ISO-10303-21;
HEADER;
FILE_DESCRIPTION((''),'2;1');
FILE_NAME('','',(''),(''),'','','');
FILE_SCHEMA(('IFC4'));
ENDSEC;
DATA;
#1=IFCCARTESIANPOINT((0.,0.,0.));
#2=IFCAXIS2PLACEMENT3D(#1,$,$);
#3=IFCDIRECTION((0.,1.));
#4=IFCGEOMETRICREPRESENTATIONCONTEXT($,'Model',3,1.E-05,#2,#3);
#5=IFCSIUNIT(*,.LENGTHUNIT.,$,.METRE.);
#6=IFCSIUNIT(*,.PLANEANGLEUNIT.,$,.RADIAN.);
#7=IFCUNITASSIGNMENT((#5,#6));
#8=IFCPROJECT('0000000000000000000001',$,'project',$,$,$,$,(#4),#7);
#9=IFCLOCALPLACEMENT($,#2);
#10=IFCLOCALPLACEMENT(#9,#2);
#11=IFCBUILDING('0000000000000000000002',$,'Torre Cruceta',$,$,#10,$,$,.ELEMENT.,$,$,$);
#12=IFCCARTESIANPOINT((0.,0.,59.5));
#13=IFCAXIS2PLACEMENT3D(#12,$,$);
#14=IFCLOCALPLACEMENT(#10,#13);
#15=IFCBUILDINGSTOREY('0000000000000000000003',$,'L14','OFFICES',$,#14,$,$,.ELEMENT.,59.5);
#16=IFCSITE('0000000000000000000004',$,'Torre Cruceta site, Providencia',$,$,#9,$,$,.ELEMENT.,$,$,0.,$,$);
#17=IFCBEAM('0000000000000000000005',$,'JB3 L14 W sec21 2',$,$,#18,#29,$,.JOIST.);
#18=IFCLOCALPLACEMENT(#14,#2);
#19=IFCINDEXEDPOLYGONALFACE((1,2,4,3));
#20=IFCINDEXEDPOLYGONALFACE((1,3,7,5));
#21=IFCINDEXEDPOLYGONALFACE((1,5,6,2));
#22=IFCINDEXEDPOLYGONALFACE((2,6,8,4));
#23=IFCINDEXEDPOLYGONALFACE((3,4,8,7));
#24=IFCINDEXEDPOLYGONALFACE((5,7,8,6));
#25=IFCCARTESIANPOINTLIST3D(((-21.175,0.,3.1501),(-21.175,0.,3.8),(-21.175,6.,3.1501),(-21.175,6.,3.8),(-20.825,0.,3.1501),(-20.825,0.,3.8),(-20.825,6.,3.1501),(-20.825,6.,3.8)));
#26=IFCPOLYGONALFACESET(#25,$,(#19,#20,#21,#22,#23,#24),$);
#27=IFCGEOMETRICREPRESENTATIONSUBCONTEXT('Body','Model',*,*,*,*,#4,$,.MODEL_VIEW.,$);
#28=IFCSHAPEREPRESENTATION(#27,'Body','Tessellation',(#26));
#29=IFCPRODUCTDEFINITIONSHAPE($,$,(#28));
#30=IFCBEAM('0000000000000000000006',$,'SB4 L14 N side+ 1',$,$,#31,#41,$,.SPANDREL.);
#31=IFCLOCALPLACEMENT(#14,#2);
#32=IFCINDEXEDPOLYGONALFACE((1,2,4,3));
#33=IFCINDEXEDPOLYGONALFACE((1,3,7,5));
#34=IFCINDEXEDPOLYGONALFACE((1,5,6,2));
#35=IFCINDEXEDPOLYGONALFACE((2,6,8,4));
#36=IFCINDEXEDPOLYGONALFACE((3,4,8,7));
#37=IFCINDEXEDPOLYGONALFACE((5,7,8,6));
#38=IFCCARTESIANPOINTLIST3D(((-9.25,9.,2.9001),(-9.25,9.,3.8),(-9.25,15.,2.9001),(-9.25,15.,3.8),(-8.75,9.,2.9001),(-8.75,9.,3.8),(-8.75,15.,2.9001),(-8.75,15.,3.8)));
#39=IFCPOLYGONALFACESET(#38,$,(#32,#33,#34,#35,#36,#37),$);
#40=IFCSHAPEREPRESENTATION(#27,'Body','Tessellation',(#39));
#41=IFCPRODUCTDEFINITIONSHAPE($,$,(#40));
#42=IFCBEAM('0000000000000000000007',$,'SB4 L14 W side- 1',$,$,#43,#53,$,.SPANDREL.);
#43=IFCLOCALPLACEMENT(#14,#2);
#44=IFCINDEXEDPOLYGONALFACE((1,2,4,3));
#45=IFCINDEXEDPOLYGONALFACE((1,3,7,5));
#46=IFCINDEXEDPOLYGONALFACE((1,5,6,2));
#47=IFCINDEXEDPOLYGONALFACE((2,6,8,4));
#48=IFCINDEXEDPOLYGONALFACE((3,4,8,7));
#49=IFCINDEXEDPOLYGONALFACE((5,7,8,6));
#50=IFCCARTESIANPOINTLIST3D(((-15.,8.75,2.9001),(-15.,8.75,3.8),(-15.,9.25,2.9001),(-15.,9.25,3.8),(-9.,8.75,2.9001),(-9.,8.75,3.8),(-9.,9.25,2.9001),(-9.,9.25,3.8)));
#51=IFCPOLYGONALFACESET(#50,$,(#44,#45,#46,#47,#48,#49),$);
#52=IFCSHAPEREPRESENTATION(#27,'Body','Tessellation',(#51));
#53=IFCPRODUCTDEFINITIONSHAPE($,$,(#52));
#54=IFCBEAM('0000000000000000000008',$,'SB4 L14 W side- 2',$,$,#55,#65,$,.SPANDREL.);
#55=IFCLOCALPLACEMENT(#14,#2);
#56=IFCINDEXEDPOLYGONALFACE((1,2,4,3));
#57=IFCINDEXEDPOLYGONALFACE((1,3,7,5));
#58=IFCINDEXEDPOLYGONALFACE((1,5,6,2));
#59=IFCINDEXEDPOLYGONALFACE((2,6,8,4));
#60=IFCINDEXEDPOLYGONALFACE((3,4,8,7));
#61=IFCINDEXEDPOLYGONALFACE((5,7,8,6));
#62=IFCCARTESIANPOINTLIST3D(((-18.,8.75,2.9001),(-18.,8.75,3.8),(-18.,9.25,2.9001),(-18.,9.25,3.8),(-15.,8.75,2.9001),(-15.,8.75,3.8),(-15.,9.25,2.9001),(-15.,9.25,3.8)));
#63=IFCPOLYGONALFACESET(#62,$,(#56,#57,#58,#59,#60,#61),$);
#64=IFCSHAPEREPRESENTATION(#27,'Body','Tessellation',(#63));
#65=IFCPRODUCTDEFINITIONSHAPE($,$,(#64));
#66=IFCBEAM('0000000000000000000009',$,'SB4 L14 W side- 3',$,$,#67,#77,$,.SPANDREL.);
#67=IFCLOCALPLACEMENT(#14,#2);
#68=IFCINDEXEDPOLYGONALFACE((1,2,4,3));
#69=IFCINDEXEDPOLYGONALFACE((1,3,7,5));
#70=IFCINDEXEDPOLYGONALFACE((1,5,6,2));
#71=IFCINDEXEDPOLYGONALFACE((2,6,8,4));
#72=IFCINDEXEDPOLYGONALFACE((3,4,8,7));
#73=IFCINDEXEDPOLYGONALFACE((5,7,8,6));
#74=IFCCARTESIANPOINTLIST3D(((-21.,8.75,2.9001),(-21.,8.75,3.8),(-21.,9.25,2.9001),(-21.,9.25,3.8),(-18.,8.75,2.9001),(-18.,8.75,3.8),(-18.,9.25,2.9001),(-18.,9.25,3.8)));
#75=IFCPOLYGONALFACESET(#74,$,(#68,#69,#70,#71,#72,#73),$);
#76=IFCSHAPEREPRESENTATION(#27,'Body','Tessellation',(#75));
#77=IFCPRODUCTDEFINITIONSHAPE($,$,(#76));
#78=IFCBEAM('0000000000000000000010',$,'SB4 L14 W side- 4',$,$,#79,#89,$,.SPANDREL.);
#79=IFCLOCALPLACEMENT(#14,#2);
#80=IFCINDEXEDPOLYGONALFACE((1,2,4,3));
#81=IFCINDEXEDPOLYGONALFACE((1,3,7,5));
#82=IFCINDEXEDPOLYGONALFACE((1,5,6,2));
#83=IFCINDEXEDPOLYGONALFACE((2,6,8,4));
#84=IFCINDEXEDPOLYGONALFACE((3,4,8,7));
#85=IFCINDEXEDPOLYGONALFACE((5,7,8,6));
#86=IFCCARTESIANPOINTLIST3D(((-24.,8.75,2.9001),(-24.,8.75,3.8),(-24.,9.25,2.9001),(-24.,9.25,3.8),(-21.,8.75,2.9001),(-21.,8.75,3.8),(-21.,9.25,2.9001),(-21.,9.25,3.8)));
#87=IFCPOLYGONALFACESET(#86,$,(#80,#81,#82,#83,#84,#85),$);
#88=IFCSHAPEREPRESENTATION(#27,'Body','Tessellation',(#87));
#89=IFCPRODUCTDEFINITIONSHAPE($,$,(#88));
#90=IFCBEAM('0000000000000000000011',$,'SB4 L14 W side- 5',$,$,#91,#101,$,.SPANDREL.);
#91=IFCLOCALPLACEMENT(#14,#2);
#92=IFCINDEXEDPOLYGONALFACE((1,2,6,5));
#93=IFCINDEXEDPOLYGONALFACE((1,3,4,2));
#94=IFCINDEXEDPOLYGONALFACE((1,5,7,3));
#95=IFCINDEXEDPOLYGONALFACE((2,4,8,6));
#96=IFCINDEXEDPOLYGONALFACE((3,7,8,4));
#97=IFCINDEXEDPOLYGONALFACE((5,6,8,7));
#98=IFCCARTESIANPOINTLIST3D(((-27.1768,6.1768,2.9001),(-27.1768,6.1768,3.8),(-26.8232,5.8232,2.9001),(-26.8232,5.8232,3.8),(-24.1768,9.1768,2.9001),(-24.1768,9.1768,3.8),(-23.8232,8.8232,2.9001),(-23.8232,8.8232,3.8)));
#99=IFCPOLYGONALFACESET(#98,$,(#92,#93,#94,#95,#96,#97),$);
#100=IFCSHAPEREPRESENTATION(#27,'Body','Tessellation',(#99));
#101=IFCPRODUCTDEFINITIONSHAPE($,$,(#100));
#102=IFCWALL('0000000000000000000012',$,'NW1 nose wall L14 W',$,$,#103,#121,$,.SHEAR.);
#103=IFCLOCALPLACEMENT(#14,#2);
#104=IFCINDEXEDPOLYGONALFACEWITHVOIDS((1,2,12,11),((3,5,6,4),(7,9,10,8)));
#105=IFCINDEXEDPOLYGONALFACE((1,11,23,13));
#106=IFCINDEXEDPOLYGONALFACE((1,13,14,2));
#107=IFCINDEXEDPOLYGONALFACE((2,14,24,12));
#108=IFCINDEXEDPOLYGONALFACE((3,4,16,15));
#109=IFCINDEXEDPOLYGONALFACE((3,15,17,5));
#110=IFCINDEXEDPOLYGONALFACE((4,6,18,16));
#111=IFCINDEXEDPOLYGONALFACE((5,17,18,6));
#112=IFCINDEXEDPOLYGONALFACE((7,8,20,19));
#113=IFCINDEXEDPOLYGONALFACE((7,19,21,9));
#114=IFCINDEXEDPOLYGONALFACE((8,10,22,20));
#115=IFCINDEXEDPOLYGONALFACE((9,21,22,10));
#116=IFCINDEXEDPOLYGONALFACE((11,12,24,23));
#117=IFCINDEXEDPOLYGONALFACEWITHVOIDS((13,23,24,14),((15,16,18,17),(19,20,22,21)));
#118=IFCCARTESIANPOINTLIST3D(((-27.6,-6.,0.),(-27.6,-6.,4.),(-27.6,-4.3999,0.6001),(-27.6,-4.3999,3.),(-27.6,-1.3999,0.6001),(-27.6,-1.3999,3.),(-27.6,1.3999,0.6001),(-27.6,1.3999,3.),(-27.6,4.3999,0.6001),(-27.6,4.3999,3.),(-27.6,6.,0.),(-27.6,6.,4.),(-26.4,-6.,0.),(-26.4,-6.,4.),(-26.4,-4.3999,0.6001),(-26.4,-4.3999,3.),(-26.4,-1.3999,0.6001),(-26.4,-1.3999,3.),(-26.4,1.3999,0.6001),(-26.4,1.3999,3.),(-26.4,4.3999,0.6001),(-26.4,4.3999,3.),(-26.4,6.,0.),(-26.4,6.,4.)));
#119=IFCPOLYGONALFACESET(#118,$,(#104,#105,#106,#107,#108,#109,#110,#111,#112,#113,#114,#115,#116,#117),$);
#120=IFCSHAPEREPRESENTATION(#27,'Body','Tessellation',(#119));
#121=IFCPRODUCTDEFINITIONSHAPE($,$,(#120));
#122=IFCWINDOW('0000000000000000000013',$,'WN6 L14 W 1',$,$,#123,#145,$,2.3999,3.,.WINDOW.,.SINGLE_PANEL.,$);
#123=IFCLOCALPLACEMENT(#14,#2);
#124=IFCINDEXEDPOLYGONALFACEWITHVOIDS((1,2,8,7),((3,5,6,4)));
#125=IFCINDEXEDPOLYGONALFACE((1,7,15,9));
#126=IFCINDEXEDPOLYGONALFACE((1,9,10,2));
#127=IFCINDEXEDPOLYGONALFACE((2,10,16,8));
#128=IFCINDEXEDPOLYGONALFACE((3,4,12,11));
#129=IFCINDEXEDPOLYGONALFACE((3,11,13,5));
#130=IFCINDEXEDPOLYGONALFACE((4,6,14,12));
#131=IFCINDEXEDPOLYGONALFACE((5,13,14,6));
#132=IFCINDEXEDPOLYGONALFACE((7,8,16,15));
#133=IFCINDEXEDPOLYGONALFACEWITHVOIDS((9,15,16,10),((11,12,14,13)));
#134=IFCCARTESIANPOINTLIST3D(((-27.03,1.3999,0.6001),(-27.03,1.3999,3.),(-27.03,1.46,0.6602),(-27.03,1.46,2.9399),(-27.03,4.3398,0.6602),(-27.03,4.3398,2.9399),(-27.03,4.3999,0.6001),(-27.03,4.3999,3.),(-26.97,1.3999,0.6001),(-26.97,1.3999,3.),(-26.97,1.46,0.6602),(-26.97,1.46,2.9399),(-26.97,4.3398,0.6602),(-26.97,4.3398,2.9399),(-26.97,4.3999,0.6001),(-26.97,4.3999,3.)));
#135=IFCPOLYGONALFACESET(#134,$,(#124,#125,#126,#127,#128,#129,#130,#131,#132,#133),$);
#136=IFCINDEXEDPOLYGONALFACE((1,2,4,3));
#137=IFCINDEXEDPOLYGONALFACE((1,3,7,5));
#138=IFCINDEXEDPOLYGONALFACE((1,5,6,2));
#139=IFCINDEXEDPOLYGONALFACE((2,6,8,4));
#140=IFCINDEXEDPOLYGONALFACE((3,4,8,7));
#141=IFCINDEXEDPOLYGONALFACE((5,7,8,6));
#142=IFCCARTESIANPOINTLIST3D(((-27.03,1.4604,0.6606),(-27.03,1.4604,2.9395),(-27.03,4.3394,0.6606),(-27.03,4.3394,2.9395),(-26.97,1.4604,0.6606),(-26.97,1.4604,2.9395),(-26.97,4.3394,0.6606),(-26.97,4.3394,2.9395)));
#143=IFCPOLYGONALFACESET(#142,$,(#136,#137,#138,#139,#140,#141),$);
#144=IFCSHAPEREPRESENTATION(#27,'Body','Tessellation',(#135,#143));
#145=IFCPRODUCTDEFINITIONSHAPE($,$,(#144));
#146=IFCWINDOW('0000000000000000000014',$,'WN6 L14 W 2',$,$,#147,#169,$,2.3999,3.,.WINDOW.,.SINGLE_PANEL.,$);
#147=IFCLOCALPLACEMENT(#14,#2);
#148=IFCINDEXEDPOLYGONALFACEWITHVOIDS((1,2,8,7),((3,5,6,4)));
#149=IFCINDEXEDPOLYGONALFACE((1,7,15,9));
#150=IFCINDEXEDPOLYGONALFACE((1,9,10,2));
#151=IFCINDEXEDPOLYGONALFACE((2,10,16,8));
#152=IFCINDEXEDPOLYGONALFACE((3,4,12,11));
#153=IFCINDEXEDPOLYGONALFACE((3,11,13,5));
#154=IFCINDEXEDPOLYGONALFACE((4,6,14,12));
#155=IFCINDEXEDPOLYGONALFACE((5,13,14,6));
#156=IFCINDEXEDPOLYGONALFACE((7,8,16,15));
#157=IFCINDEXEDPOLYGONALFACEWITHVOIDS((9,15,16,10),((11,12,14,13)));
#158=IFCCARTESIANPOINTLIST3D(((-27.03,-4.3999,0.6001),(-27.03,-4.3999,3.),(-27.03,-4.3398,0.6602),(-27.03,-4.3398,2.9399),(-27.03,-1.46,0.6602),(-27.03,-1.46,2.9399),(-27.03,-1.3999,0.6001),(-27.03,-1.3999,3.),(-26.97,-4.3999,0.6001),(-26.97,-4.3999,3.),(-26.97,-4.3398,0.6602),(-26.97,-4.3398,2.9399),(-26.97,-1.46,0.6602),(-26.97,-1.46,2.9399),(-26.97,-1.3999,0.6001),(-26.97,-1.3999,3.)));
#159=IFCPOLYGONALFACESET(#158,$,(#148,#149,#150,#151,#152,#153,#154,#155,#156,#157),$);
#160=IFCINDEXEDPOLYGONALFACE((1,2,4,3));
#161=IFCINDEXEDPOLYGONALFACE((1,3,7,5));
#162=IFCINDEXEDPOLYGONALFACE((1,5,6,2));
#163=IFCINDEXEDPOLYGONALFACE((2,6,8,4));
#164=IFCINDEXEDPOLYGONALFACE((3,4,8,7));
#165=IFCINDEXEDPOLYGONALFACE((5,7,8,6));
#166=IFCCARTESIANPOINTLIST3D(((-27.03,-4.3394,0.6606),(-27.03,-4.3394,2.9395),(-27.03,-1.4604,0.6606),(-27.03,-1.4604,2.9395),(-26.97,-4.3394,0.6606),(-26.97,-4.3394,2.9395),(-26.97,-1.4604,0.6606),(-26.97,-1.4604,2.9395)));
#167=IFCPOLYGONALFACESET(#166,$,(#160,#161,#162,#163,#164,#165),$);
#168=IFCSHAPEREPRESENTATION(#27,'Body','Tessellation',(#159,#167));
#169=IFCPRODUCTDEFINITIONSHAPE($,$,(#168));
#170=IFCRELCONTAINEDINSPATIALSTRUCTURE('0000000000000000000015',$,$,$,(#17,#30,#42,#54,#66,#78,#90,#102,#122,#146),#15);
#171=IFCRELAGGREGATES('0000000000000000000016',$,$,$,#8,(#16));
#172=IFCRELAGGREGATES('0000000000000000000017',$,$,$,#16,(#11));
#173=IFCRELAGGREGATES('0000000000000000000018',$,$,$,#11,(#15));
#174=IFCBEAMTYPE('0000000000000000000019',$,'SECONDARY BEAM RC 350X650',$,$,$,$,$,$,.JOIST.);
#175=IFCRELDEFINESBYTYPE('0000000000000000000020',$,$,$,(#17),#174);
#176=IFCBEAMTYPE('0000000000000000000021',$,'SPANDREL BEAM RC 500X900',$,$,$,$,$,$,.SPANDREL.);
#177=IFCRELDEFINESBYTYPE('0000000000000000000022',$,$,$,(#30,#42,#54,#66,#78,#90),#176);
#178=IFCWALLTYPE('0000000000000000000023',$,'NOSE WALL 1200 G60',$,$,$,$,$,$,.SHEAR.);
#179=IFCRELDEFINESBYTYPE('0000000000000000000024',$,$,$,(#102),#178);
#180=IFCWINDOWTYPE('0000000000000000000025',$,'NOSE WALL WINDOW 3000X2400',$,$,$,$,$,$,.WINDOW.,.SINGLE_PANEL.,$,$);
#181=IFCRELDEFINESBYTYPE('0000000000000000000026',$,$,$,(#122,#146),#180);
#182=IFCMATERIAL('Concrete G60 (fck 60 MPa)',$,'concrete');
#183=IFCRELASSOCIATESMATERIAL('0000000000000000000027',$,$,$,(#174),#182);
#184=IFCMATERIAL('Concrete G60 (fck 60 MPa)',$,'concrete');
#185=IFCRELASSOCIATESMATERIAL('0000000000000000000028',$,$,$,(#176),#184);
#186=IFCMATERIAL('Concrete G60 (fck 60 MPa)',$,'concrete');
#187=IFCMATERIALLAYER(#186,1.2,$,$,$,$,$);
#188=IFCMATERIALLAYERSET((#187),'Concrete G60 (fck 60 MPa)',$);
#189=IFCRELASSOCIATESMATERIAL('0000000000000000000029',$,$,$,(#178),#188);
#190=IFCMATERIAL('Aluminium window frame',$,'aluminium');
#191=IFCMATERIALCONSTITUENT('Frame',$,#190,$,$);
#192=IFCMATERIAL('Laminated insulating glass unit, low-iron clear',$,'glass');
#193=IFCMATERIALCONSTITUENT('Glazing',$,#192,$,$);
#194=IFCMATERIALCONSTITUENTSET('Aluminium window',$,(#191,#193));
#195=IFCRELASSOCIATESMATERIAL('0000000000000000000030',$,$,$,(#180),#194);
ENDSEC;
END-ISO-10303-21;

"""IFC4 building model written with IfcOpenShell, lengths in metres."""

from ifc_helpers import new_model, si_unit, direction, frame, frame_2d, origin, origin_2d, place, context, subcontext, project, spatial, rectangle, hollow_rectangle, extrude, material, layer, layer_set, constituent, constituent_set, material_profile, profile_set, type_object, element, fill, save


model = new_model("IFC4")

# Units and contexts
model_context = context("Model", 3, precision=1e-05, world=origin(), true_north=direction((0.0, 1.0)))
body_context = subcontext(model_context, "Body", "Model", "MODEL_VIEW")
ifc_project = project(units=[si_unit("LENGTHUNIT", "METRE"), si_unit("PLANEANGLEUNIT", "RADIAN")], contexts=[model_context])

# Site, building, storey
site_placement = place(None, origin())
site = spatial("IfcSite", under=ifc_project, at=site_placement, Name="Torre Cruceta site, Providencia", CompositionType="ELEMENT", RefElevation=0.0)
building_placement = place(site_placement, origin())
building = spatial("IfcBuilding", under=site, at=building_placement, Name="Torre Cruceta", CompositionType="ELEMENT")
storey_placement = place(building_placement, frame((0.0, 0.0, 59.5)))
storey = spatial("IfcBuildingStorey", under=building, at=storey_placement, Name="L14", Description="OFFICES", CompositionType="ELEMENT", Elevation=59.5)

# Beams
ifc_material_1 = material(Name="Concrete G60 (fck 60 MPa)", Category="concrete")
ifc_material_profile_1 = material_profile(ifc_material_1, rectangle(XDim=0.3501, YDim=0.6499, at=origin_2d()), Name="RC 350X650")
ifc_profile_set_1 = profile_set([ifc_material_profile_1], Name="Concrete G60 (fck 60 MPa)")
beam_type_1 = type_object("IfcBeamType", Name="SECONDARY BEAM RC 350X650", PredefinedType="JOIST", material=ifc_profile_set_1)
beam_1_placement = place(storey_placement, frame((-21.0, 6.0, 3.4751), z_axis=(0.0, -1.0, 0.0), x_axis=(1.0, 0.0, 0.0)))
element("IfcBeam", 1, at=beam_1_placement, inside=storey, type_object=beam_type_1, Name="JB3 L14 W sec21 2", PredefinedType="JOIST", context=body_context, shape_type="SweptSolid", body=[
    extrude(rectangle(XDim=0.3501, YDim=0.6499, at=origin_2d()), origin(), (0.0, 0.0, 1.0), 6.0),
])
ifc_material_2 = material(Name="Concrete G60 (fck 60 MPa)", Category="concrete")
ifc_material_profile_2 = material_profile(ifc_material_2, rectangle(XDim=0.5, YDim=0.8999, at=origin_2d()), Name="RC 500X900")
ifc_profile_set_2 = profile_set([ifc_material_profile_2], Name="Concrete G60 (fck 60 MPa)")
beam_type_2 = type_object("IfcBeamType", Name="SPANDREL BEAM RC 500X900", PredefinedType="SPANDREL", material=ifc_profile_set_2)
for number, where, z_axis, x_axis, name in (
    (2, (-9.0, 9.0, 3.3501), (0.0, 1.0, 0.0), (-1.0, 0.0, 0.0), "SB4 L14 N side+ 1"),
    (3, (-9.0, 9.0, 3.3501), (-1.0, 0.0, 0.0), (0.0, -1.0, 0.0), "SB4 L14 W side- 1"),
):
    element("IfcBeam", number, at=place(storey_placement, frame(where, z_axis=z_axis, x_axis=x_axis)), inside=storey, type_object=beam_type_2, Name=name, PredefinedType="SPANDREL", context=body_context, shape_type="SweptSolid", body=[
        extrude(rectangle(XDim=0.5, YDim=0.8999, at=origin_2d()), origin(), (0.0, 0.0, 1.0), 6.0),
    ])
for number, where, z_axis, x_axis, name in (
    (4, (-15.0, 9.0, 3.3501), (-1.0, 0.0, 0.0), (0.0, -1.0, 0.0), "SB4 L14 W side- 2"),
    (5, (-18.0, 9.0, 3.3501), (-1.0, 0.0, 0.0), (0.0, -1.0, 0.0), "SB4 L14 W side- 3"),
    (6, (-21.0, 9.0, 3.3501), (-1.0, 0.0, 0.0), (0.0, -1.0, 0.0), "SB4 L14 W side- 4"),
):
    element("IfcBeam", number, at=place(storey_placement, frame(where, z_axis=z_axis, x_axis=x_axis)), inside=storey, type_object=beam_type_2, Name=name, PredefinedType="SPANDREL", context=body_context, shape_type="SweptSolid", body=[
        extrude(rectangle(XDim=0.5, YDim=0.8999, at=origin_2d()), origin(), (0.0, 0.0, 1.0), 3.0),
    ])
beam_2_placement = place(storey_placement, frame((-24.0, 9.0, 3.3501), z_axis=(-0.707107, -0.707107, 0.0), x_axis=(0.707107, -0.707107, 0.0)))
element("IfcBeam", 7, at=beam_2_placement, inside=storey, type_object=beam_type_2, Name="SB4 L14 W side- 5", PredefinedType="SPANDREL", context=body_context, shape_type="SweptSolid", body=[
    extrude(rectangle(XDim=0.5, YDim=0.8999, at=origin_2d()), origin(), (0.0, 0.0, 1.0), 4.2427),
])

# Wall, openings, windows
ifc_material_3 = material(Name="Concrete G60 (fck 60 MPa)", Category="concrete")
ifc_layer_1 = layer(ifc_material_3, 1.2)
ifc_layer_set_1 = layer_set([ifc_layer_1], Name="Concrete G60 (fck 60 MPa)")
wall_type_1 = type_object("IfcWallType", Name="NOSE WALL 1200 G60", PredefinedType="SHEAR", material=ifc_layer_set_1)
wall_1_placement = place(storey_placement, frame((-27.0, 6.0, 0.0), z_axis=(0.0, 0.0, 1.0), x_axis=(0.0, -1.0, 0.0)))
wall_1 = element("IfcWall", 8, at=wall_1_placement, inside=storey, type_object=wall_type_1, Name="NW1 nose wall L14 W", PredefinedType="SHEAR", context=body_context, shape_type="SweptSolid", body=[
    extrude(rectangle(XDim=12.0, YDim=1.2, at=frame_2d((6.0, 0.0))), origin(), (0.0, 0.0, 1.0), 4.0),
])
opening_1_placement = place(wall_1_placement, frame((1.6001, 0.0, 0.6001)))
opening_1 = element("IfcOpeningElement", 9, at=opening_1_placement, cuts=wall_1, PredefinedType="OPENING", context=body_context, shape_type="SweptSolid", body=[
    extrude(rectangle(XDim=3.0, YDim=2.3999, at=frame_2d((1.5, 1.2))), frame((0.0, 0.6099, 0.0), z_axis=(0.0, -1.0, 0.0), x_axis=(1.0, 0.0, 0.0)), (0.0, 0.0, 1.0), 1.22),
])
opening_2_placement = place(wall_1_placement, frame((7.3999, 0.0, 0.6001)))
opening_2 = element("IfcOpeningElement", 10, at=opening_2_placement, cuts=wall_1, PredefinedType="OPENING", context=body_context, shape_type="SweptSolid", body=[
    extrude(rectangle(XDim=3.0, YDim=2.3999, at=frame_2d((1.5, 1.2))), frame((0.0, 0.6099, 0.0), z_axis=(0.0, -1.0, 0.0), x_axis=(1.0, 0.0, 0.0)), (0.0, 0.0, 1.0), 1.22),
])
ifc_material_4 = material(Name="Aluminium window frame", Category="aluminium")
ifc_constituent_1 = constituent(ifc_material_4, Name="Frame")
ifc_material_5 = material(Name="Laminated insulating glass unit, low-iron clear", Category="glass")
ifc_constituent_2 = constituent(ifc_material_5, Name="Glazing")
ifc_constituent_set_1 = constituent_set(constituents=[ifc_constituent_1, ifc_constituent_2], Name="Aluminium window")
window_type = type_object("IfcWindowType", Name="NOSE WALL WINDOW 3000X2400", PartitioningType="SINGLE_PANEL", PredefinedType="WINDOW", material=ifc_constituent_set_1)
window_1_placement = place(opening_1_placement, origin())
window_1 = element("IfcWindow", 11, at=window_1_placement, inside=storey, type_object=window_type, Name="WN6 L14 W 1", OverallHeight=2.3999, OverallWidth=3.0, PartitioningType="SINGLE_PANEL", PredefinedType="WINDOW", context=body_context, shape_type="SweptSolid", body=[
    extrude(hollow_rectangle(XDim=3.0, YDim=2.3999, WallThickness=0.0601, at=frame_2d((1.5, 1.2))), frame((0.0, 0.03, 0.0), z_axis=(0.0, -1.0, 0.0), x_axis=(1.0, 0.0, 0.0)), (0.0, 0.0, 1.0), 0.0601),
    extrude(rectangle(XDim=2.8789, YDim=2.2788, at=frame_2d((1.5, 1.2))), frame((0.0, 0.03, 0.0), z_axis=(0.0, -1.0, 0.0), x_axis=(1.0, 0.0, 0.0)), (0.0, 0.0, 1.0), 0.0601),
])
fill(opening_1, window_1)
window_2_placement = place(opening_2_placement, origin())
window_2 = element("IfcWindow", 12, at=window_2_placement, inside=storey, type_object=window_type, Name="WN6 L14 W 2", OverallHeight=2.3999, OverallWidth=3.0, PartitioningType="SINGLE_PANEL", PredefinedType="WINDOW", context=body_context, shape_type="SweptSolid", body=[
    extrude(hollow_rectangle(XDim=3.0, YDim=2.3999, WallThickness=0.0601, at=frame_2d((1.5, 1.2))), frame((0.0, 0.03, 0.0), z_axis=(0.0, -1.0, 0.0), x_axis=(1.0, 0.0, 0.0)), (0.0, 0.0, 1.0), 0.0601),
    extrude(rectangle(XDim=2.8789, YDim=2.2788, at=frame_2d((1.5, 1.2))), frame((0.0, 0.03, 0.0), z_axis=(0.0, -1.0, 0.0), x_axis=(1.0, 0.0, 0.0)), (0.0, 0.0, 1.0), 0.0601),
])
fill(opening_2, window_2)

save(model, "model.ifc")
